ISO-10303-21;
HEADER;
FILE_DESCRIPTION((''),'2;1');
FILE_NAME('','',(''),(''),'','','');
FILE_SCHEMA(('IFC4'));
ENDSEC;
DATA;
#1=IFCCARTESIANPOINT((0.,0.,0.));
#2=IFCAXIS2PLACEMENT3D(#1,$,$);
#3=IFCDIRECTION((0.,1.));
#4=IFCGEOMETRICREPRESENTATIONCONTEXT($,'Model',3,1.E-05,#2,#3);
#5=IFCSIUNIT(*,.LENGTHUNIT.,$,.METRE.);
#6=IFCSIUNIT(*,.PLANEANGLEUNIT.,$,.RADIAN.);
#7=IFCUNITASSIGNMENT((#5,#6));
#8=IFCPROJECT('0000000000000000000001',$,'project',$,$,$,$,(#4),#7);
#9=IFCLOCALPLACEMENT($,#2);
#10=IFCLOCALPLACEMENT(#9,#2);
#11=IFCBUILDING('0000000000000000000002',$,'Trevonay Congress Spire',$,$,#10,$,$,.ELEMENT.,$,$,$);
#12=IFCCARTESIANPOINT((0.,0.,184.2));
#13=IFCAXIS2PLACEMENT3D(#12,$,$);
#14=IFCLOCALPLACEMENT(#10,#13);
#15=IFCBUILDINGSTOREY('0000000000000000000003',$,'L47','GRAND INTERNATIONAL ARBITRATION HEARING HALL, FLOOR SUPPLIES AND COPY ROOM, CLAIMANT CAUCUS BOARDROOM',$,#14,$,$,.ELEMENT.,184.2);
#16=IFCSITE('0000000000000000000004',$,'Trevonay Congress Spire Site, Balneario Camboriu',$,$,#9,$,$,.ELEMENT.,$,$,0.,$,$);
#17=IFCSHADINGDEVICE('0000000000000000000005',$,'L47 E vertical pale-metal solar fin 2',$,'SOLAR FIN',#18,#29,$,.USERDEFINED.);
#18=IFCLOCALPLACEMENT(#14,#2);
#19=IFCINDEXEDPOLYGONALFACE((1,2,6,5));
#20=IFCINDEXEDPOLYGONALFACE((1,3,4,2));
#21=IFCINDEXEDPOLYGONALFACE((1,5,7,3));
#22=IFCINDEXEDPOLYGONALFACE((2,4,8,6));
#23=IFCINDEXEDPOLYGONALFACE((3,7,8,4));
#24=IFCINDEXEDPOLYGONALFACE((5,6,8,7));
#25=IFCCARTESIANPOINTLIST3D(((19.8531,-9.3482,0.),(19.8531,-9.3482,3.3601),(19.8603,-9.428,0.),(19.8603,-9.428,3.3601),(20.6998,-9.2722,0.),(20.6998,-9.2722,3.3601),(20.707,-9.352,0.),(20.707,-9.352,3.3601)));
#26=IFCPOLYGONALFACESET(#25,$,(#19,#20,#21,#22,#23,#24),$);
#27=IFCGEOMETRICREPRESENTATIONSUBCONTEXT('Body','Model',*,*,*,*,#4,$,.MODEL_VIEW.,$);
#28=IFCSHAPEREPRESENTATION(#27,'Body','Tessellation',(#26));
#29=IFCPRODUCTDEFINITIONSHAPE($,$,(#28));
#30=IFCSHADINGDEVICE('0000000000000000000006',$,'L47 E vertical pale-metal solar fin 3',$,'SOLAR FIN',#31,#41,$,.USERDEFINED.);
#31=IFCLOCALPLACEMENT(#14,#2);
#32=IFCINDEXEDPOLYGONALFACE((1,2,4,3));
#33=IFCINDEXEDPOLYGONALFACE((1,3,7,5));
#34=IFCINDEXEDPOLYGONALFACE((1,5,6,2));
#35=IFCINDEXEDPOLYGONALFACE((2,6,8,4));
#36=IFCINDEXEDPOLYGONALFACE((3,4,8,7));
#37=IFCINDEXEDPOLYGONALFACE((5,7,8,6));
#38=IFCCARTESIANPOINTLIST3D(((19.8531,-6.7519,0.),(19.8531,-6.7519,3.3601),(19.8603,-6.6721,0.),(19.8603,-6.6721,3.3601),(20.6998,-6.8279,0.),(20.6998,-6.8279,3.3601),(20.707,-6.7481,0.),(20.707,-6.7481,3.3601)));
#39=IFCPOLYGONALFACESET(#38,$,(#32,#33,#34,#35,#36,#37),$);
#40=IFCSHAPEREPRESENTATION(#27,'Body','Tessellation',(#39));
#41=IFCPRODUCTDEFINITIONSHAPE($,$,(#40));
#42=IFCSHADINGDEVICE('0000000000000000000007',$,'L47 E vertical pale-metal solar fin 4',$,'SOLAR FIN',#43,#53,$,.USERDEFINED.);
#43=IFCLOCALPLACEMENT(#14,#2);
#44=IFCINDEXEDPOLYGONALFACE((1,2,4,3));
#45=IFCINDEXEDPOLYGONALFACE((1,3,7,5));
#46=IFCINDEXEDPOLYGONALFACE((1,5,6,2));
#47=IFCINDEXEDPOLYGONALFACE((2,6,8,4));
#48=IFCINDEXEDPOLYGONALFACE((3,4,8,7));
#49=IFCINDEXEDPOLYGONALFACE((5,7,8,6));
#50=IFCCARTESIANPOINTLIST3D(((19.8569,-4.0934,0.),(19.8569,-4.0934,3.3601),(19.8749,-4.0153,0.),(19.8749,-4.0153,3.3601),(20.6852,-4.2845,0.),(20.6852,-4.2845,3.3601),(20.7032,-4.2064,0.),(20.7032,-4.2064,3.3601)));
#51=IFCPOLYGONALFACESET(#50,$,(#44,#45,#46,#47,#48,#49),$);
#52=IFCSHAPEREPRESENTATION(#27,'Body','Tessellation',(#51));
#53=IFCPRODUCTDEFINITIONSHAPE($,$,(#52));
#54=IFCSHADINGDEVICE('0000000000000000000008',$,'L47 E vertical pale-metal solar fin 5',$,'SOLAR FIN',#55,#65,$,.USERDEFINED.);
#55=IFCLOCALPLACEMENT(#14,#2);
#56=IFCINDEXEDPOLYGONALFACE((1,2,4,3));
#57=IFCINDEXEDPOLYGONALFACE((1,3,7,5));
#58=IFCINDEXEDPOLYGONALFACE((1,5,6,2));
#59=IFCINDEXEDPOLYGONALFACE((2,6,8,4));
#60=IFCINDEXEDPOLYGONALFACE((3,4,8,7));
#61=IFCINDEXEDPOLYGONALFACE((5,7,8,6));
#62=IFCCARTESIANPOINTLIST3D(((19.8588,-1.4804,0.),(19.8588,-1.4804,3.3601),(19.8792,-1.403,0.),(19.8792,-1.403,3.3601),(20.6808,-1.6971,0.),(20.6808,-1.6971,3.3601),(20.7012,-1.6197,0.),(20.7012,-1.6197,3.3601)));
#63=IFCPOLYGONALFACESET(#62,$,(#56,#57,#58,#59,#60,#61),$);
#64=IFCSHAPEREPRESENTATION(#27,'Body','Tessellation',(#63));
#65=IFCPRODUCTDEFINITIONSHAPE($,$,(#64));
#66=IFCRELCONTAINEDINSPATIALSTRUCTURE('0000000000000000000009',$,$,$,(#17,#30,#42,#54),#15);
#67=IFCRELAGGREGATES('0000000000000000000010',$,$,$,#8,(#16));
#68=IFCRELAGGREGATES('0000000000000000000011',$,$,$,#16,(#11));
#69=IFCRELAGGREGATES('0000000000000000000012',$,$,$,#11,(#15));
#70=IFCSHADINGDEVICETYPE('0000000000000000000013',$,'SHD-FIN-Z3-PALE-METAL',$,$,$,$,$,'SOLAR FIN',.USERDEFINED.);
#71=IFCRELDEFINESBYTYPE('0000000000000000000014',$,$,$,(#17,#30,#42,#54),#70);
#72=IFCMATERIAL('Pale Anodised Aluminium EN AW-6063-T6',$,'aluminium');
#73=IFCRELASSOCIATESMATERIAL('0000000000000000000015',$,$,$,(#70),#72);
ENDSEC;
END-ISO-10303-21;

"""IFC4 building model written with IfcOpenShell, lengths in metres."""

from ifc_helpers import new_model, si_unit, direction, frame, origin, origin_2d, place, context, subcontext, project, spatial, rectangle, extrude, material, type_object, element, save


model = new_model("IFC4")

# Units and contexts
model_context = context("Model", 3, precision=1e-05, world=origin(), true_north=direction((0.0, 1.0)))
body_context = subcontext(model_context, "Body", "Model", "MODEL_VIEW")
ifc_project = project(units=[si_unit("LENGTHUNIT", "METRE"), si_unit("PLANEANGLEUNIT", "RADIAN")], contexts=[model_context])

# Site, building, storey
site_placement = place(None, origin())
site = spatial("IfcSite", under=ifc_project, at=site_placement, Name="Trevonay Congress Spire Site, Balneario Camboriu", CompositionType="ELEMENT", RefElevation=0.0)
building_placement = place(site_placement, origin())
building = spatial("IfcBuilding", under=site, at=building_placement, Name="Trevonay Congress Spire", CompositionType="ELEMENT")
storey_placement = place(building_placement, frame((0.0, 0.0, 184.2)))
storey = spatial("IfcBuildingStorey", under=building, at=storey_placement, Name="L47", Description="GRAND INTERNATIONAL ARBITRATION HEARING HALL, FLOOR SUPPLIES AND COPY ROOM, CLAIMANT CAUCUS BOARDROOM", CompositionType="ELEMENT", Elevation=184.2)

# Shared definitions
ifc_material_1 = material(Name="Pale Anodised Aluminium EN AW-6063-T6", Category="aluminium")

# Shading devices
shading_device_type = type_object("IfcShadingDeviceType", Name="SHD-FIN-Z3-PALE-METAL", ElementType="SOLAR FIN", PredefinedType="USERDEFINED", material=ifc_material_1)
for number, where, z_axis, x_axis, name in (
    (1, (20.28, -9.3501, 0.0), (0.0, 0.0, 1.0), (-0.089416, 0.995994, 0.0), "L47 E vertical pale-metal solar fin 2"),
    (2, (20.28, -6.75, 0.0), (0.0, 0.0, 1.0), (0.089416, 0.995994, 0.0), "L47 E vertical pale-metal solar fin 3"),
    (3, (20.28, -4.1499, 0.0), (0.0, 0.0, 1.0), (0.224781, 0.974409, 0.0), "L47 E vertical pale-metal solar fin 4"),
    (4, (20.28, -1.55, 0.0), (0.0, 0.0, 1.0), (0.254939, 0.966957, 0.0), "L47 E vertical pale-metal solar fin 5"),
):
    element("IfcShadingDevice", number, at=place(storey_placement, frame(where, z_axis=z_axis, x_axis=x_axis)), inside=storey, type_object=shading_device_type, Name=name, ObjectType="SOLAR FIN", PredefinedType="USERDEFINED", context=body_context, shape_type="SweptSolid", body=[
        extrude(rectangle(XDim=0.0801, YDim=0.8501, at=origin_2d()), origin(), (0.0, 0.0, 1.0), 3.3601),
    ])

save(model, "model.ifc")
